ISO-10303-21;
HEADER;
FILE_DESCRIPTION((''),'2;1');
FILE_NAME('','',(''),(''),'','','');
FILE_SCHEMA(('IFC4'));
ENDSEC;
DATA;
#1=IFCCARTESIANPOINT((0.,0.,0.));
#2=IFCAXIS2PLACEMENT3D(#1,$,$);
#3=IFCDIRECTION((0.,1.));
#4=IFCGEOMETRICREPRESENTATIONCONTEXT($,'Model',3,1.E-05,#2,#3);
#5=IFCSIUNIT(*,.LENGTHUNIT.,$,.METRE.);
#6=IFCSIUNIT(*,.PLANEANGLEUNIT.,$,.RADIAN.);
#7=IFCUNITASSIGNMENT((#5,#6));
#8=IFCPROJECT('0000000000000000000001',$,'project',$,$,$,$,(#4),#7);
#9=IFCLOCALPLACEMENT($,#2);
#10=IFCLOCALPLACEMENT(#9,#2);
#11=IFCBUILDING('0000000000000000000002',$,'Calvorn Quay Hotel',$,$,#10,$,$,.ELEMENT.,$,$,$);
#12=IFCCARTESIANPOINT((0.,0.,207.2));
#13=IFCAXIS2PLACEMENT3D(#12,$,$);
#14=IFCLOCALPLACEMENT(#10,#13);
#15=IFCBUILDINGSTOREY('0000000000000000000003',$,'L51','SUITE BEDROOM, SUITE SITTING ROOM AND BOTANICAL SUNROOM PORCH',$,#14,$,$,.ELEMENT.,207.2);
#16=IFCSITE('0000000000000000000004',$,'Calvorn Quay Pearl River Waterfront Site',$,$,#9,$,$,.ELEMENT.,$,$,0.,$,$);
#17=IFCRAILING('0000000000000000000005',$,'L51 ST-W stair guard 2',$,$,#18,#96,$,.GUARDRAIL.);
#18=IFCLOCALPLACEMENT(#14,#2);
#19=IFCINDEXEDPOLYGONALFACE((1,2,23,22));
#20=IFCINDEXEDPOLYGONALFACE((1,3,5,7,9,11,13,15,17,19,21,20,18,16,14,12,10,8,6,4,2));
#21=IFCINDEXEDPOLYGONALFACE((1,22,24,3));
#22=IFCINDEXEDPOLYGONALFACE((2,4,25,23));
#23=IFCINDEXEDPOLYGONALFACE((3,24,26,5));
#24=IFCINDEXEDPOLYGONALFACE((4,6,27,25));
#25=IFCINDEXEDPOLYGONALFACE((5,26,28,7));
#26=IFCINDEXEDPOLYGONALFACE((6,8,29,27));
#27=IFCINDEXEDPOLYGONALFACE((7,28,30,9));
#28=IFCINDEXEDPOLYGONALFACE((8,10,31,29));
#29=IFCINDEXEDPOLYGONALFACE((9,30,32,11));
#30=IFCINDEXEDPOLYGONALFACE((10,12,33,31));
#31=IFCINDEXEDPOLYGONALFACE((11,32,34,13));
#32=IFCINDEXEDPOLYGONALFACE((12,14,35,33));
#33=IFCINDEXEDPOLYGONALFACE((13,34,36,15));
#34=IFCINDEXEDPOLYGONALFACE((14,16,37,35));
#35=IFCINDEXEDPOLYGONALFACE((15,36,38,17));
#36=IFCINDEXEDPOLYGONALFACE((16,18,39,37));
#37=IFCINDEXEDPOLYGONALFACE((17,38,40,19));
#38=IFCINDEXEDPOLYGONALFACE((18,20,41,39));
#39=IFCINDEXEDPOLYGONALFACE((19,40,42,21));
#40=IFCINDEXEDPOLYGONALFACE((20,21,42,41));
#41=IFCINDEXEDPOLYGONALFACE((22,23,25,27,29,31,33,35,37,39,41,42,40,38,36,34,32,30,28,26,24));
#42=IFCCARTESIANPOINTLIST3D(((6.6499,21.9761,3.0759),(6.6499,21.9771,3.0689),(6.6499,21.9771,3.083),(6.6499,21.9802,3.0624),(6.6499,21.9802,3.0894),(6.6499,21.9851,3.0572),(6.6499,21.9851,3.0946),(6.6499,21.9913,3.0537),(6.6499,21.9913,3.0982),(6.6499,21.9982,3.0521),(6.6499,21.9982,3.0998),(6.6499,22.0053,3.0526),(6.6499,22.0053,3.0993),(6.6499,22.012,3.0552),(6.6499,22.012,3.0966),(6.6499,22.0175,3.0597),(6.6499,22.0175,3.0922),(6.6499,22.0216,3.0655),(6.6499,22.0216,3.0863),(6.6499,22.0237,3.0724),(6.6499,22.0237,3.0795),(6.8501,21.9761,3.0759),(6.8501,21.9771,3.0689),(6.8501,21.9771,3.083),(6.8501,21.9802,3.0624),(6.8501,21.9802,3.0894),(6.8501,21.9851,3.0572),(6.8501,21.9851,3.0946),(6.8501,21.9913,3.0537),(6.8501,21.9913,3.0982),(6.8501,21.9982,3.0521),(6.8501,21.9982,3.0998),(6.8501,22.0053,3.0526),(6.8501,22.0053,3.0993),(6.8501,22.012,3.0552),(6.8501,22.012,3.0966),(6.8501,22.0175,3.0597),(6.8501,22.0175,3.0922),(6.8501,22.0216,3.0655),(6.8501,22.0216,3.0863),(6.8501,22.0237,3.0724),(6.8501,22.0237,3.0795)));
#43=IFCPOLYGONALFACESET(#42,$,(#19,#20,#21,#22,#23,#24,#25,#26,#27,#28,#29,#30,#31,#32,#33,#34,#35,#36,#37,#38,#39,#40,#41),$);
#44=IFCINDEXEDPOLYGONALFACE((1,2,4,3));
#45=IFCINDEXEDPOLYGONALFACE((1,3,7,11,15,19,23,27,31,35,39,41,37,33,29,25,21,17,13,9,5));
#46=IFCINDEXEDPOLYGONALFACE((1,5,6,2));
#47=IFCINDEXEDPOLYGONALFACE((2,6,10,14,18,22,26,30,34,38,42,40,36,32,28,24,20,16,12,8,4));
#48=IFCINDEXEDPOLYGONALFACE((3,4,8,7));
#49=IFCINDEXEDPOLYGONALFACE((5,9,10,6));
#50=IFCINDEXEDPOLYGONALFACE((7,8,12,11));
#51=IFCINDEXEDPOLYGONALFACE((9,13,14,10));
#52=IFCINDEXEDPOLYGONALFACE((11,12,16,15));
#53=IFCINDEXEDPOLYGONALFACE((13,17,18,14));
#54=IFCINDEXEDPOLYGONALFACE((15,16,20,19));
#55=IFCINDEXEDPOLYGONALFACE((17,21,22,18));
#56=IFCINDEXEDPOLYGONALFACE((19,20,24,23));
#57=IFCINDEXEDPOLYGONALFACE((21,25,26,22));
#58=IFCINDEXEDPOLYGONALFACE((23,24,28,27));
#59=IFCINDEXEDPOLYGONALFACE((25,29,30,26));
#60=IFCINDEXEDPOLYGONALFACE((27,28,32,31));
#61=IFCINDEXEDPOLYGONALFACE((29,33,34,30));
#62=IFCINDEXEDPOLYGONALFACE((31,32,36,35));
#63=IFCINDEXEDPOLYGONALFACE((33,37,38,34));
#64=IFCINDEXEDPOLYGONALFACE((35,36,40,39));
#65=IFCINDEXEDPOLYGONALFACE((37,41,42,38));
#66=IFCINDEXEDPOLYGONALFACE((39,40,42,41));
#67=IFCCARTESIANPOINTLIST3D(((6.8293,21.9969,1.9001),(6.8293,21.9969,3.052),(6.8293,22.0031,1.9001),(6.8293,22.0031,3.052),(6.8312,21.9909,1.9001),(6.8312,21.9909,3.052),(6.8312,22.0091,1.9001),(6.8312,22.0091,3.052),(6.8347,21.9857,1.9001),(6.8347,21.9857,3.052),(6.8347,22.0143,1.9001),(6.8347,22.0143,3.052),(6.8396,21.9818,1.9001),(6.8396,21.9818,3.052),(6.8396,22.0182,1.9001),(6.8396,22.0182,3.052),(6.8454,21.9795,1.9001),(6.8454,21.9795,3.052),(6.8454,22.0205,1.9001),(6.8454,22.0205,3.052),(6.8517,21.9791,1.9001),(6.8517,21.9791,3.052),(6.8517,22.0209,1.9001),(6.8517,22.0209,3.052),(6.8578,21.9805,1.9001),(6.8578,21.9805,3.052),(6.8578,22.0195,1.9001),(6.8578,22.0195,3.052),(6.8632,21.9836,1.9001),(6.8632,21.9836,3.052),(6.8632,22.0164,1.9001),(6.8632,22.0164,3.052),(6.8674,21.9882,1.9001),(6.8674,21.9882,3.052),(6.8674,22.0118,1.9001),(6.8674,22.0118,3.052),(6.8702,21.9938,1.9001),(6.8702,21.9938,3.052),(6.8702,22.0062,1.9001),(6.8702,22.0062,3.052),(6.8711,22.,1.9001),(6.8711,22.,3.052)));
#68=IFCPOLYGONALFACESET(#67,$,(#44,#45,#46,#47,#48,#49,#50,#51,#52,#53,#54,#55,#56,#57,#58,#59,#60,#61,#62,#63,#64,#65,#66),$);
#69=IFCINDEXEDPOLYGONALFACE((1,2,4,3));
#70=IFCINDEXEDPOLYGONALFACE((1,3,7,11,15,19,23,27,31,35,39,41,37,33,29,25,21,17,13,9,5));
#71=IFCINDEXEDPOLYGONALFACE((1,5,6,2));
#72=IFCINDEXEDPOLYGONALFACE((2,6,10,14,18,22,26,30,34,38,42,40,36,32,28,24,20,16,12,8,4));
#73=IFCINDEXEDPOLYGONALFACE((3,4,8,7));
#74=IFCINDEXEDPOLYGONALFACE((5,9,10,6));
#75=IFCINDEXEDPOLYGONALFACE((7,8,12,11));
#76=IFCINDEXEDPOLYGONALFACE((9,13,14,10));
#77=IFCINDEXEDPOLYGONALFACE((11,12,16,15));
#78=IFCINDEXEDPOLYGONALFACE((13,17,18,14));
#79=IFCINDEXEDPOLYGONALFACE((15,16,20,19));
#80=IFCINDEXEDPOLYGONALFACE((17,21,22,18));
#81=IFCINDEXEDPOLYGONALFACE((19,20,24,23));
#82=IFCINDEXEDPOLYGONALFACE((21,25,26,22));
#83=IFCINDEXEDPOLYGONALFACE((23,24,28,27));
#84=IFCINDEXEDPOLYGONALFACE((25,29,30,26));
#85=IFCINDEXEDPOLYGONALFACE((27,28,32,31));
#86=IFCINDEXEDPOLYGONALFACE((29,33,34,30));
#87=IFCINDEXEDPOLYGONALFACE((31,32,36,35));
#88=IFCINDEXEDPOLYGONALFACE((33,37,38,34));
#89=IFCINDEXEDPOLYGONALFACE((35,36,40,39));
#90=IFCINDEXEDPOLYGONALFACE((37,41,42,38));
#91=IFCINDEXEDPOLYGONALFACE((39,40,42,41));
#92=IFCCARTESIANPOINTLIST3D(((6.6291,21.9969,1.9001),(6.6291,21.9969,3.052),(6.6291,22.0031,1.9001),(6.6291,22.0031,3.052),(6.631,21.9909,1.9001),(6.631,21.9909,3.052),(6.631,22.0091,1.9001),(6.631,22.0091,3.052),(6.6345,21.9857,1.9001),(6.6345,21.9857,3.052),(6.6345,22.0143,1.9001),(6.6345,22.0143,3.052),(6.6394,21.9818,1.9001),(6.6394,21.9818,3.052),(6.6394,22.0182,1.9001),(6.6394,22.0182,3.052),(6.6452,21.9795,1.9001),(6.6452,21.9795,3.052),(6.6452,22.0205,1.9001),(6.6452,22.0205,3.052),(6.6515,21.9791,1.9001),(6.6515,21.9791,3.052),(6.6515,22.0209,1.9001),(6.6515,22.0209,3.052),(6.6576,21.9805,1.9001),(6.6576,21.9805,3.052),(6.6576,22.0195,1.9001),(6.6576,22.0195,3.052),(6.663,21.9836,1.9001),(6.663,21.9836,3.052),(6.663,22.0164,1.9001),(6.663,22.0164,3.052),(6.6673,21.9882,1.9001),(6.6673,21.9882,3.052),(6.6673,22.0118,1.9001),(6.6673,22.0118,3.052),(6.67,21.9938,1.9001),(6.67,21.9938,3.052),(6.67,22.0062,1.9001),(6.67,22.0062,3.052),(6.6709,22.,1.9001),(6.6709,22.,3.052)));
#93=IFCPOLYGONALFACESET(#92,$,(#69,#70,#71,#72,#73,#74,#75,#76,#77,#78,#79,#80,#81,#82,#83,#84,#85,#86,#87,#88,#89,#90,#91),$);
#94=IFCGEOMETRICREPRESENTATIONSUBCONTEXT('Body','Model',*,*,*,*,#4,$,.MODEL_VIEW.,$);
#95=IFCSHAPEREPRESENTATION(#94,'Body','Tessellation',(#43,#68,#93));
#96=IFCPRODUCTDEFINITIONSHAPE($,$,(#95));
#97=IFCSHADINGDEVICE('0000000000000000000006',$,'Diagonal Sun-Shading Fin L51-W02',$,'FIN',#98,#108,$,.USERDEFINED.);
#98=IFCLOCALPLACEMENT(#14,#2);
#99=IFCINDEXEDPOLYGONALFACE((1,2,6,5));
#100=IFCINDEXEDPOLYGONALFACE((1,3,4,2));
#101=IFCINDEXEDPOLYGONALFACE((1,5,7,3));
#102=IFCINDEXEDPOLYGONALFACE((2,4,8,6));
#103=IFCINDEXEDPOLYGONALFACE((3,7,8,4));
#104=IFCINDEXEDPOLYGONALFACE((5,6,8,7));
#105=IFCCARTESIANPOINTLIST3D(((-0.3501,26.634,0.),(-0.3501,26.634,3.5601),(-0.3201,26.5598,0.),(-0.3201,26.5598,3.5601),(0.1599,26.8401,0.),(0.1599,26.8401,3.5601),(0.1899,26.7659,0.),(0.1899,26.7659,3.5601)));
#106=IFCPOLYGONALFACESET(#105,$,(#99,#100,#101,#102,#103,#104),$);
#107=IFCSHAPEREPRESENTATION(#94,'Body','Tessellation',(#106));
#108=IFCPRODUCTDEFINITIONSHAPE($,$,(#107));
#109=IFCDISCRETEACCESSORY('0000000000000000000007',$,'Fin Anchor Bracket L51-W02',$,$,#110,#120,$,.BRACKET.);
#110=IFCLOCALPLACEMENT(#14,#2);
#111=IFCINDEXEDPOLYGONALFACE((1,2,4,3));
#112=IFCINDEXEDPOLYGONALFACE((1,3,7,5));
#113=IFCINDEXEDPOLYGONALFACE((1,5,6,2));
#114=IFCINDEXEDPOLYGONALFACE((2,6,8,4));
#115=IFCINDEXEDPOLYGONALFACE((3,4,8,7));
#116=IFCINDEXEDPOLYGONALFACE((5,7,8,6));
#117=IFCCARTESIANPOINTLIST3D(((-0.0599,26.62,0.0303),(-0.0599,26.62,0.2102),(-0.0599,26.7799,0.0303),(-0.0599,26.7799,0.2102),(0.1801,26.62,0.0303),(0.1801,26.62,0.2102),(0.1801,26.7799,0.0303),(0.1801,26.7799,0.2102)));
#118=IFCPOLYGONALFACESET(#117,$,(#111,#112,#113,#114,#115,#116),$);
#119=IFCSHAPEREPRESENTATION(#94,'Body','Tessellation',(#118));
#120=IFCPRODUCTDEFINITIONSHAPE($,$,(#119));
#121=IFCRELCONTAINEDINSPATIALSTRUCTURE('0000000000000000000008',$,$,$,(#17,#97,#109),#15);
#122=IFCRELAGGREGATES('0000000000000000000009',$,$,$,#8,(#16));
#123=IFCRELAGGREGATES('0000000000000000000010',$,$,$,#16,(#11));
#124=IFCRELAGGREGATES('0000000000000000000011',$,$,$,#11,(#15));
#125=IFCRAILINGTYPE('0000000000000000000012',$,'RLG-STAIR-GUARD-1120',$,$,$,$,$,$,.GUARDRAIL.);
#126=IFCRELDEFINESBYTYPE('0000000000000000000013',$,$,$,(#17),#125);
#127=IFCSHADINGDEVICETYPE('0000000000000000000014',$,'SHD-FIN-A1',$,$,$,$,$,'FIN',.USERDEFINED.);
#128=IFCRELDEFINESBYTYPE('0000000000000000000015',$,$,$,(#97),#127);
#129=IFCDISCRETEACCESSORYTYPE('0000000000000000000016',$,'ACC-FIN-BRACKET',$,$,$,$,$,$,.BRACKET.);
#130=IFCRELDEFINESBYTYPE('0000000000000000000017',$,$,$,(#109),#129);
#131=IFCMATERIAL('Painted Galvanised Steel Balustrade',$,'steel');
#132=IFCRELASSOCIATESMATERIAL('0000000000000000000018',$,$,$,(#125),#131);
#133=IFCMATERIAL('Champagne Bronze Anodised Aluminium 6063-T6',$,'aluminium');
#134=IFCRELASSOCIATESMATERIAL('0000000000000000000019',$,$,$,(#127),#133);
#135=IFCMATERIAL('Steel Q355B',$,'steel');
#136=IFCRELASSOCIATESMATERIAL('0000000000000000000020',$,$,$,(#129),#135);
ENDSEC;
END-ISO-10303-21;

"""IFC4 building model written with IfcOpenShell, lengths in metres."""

from ifc_helpers import new_model, si_unit, direction, frame, origin, origin_2d, place, context, subcontext, project, spatial, rectangle, circle, extrude, material, type_object, element, save


model = new_model("IFC4")

# Units and contexts
model_context = context("Model", 3, precision=1e-05, world=origin(), true_north=direction((0.0, 1.0)))
body_context = subcontext(model_context, "Body", "Model", "MODEL_VIEW")
ifc_project = project(units=[si_unit("LENGTHUNIT", "METRE"), si_unit("PLANEANGLEUNIT", "RADIAN")], contexts=[model_context])

# Site, building, storey
site_placement = place(None, origin())
site = spatial("IfcSite", under=ifc_project, at=site_placement, Name="Calvorn Quay Pearl River Waterfront Site", CompositionType="ELEMENT", RefElevation=0.0)
building_placement = place(site_placement, origin())
building = spatial("IfcBuilding", under=site, at=building_placement, Name="Calvorn Quay Hotel", CompositionType="ELEMENT")
storey_placement = place(building_placement, frame((0.0, 0.0, 207.2)))
storey = spatial("IfcBuildingStorey", under=building, at=storey_placement, Name="L51", Description="SUITE BEDROOM, SUITE SITTING ROOM AND BOTANICAL SUNROOM PORCH", CompositionType="ELEMENT", Elevation=207.2)

# Railing
ifc_material_1 = material(Name="Painted Galvanised Steel Balustrade", Category="steel")
railing_type = type_object("IfcRailingType", Name="RLG-STAIR-GUARD-1120", PredefinedType="GUARDRAIL", material=ifc_material_1)
railing_placement = place(storey_placement, frame((6.8501, 22.0, 1.9001)))
element("IfcRailing", 1, at=railing_placement, inside=storey, type_object=railing_type, Name="L51 ST-W stair guard 2", PredefinedType="GUARDRAIL", context=body_context, shape_type="SweptSolid", body=[
    extrude(circle(Radius=0.0239, at=origin_2d()), frame((0.0, 0.0, 1.1758), z_axis=(-1.0, 0.0, 0.0), x_axis=(0.0, -1.0, 0.0)), (0.0, 0.0, 1.0), 0.2002),
    extrude(circle(Radius=0.021, at=origin_2d()), origin(), (0.0, 0.0, 1.0), 1.1519),
    extrude(circle(Radius=0.021, at=origin_2d()), frame((-0.2002, 0.0, 0.0)), (0.0, 0.0, 1.0), 1.1519),
])

# Shading device
ifc_material_2 = material(Name="Champagne Bronze Anodised Aluminium 6063-T6", Category="aluminium")
shading_device_type = type_object("IfcShadingDeviceType", Name="SHD-FIN-A1", ElementType="FIN", PredefinedType="USERDEFINED", material=ifc_material_2)
shading_device_placement = place(storey_placement, frame((-0.0801, 26.7, 0.0), z_axis=(0.0, 0.0, 1.0), x_axis=(0.927184, 0.374607, 0.0)))
element("IfcShadingDevice", 2, at=shading_device_placement, inside=storey, type_object=shading_device_type, Name="Diagonal Sun-Shading Fin L51-W02", ObjectType="FIN", PredefinedType="USERDEFINED", context=body_context, shape_type="SweptSolid", body=[
    extrude(rectangle(XDim=0.55, YDim=0.0801, at=origin_2d()), origin(), (0.0, 0.0, 1.0), 3.5601),
])

# Discrete accessory
ifc_material_3 = material(Name="Steel Q355B", Category="steel")
discrete_accessory_type = type_object("IfcDiscreteAccessoryType", Name="ACC-FIN-BRACKET", PredefinedType="BRACKET", material=ifc_material_3)
discrete_accessory_placement = place(storey_placement, frame((0.0601, 26.7, 0.0303), z_axis=(0.0, 0.0, 1.0), x_axis=(1.0, 0.0, 0.0)))
element("IfcDiscreteAccessory", 3, at=discrete_accessory_placement, inside=storey, type_object=discrete_accessory_type, Name="Fin Anchor Bracket L51-W02", PredefinedType="BRACKET", context=body_context, shape_type="SweptSolid", body=[
    extrude(rectangle(XDim=0.24, YDim=0.1599, at=origin_2d()), origin(), (0.0, 0.0, 1.0), 0.1799),
])

save(model, "model.ifc")
